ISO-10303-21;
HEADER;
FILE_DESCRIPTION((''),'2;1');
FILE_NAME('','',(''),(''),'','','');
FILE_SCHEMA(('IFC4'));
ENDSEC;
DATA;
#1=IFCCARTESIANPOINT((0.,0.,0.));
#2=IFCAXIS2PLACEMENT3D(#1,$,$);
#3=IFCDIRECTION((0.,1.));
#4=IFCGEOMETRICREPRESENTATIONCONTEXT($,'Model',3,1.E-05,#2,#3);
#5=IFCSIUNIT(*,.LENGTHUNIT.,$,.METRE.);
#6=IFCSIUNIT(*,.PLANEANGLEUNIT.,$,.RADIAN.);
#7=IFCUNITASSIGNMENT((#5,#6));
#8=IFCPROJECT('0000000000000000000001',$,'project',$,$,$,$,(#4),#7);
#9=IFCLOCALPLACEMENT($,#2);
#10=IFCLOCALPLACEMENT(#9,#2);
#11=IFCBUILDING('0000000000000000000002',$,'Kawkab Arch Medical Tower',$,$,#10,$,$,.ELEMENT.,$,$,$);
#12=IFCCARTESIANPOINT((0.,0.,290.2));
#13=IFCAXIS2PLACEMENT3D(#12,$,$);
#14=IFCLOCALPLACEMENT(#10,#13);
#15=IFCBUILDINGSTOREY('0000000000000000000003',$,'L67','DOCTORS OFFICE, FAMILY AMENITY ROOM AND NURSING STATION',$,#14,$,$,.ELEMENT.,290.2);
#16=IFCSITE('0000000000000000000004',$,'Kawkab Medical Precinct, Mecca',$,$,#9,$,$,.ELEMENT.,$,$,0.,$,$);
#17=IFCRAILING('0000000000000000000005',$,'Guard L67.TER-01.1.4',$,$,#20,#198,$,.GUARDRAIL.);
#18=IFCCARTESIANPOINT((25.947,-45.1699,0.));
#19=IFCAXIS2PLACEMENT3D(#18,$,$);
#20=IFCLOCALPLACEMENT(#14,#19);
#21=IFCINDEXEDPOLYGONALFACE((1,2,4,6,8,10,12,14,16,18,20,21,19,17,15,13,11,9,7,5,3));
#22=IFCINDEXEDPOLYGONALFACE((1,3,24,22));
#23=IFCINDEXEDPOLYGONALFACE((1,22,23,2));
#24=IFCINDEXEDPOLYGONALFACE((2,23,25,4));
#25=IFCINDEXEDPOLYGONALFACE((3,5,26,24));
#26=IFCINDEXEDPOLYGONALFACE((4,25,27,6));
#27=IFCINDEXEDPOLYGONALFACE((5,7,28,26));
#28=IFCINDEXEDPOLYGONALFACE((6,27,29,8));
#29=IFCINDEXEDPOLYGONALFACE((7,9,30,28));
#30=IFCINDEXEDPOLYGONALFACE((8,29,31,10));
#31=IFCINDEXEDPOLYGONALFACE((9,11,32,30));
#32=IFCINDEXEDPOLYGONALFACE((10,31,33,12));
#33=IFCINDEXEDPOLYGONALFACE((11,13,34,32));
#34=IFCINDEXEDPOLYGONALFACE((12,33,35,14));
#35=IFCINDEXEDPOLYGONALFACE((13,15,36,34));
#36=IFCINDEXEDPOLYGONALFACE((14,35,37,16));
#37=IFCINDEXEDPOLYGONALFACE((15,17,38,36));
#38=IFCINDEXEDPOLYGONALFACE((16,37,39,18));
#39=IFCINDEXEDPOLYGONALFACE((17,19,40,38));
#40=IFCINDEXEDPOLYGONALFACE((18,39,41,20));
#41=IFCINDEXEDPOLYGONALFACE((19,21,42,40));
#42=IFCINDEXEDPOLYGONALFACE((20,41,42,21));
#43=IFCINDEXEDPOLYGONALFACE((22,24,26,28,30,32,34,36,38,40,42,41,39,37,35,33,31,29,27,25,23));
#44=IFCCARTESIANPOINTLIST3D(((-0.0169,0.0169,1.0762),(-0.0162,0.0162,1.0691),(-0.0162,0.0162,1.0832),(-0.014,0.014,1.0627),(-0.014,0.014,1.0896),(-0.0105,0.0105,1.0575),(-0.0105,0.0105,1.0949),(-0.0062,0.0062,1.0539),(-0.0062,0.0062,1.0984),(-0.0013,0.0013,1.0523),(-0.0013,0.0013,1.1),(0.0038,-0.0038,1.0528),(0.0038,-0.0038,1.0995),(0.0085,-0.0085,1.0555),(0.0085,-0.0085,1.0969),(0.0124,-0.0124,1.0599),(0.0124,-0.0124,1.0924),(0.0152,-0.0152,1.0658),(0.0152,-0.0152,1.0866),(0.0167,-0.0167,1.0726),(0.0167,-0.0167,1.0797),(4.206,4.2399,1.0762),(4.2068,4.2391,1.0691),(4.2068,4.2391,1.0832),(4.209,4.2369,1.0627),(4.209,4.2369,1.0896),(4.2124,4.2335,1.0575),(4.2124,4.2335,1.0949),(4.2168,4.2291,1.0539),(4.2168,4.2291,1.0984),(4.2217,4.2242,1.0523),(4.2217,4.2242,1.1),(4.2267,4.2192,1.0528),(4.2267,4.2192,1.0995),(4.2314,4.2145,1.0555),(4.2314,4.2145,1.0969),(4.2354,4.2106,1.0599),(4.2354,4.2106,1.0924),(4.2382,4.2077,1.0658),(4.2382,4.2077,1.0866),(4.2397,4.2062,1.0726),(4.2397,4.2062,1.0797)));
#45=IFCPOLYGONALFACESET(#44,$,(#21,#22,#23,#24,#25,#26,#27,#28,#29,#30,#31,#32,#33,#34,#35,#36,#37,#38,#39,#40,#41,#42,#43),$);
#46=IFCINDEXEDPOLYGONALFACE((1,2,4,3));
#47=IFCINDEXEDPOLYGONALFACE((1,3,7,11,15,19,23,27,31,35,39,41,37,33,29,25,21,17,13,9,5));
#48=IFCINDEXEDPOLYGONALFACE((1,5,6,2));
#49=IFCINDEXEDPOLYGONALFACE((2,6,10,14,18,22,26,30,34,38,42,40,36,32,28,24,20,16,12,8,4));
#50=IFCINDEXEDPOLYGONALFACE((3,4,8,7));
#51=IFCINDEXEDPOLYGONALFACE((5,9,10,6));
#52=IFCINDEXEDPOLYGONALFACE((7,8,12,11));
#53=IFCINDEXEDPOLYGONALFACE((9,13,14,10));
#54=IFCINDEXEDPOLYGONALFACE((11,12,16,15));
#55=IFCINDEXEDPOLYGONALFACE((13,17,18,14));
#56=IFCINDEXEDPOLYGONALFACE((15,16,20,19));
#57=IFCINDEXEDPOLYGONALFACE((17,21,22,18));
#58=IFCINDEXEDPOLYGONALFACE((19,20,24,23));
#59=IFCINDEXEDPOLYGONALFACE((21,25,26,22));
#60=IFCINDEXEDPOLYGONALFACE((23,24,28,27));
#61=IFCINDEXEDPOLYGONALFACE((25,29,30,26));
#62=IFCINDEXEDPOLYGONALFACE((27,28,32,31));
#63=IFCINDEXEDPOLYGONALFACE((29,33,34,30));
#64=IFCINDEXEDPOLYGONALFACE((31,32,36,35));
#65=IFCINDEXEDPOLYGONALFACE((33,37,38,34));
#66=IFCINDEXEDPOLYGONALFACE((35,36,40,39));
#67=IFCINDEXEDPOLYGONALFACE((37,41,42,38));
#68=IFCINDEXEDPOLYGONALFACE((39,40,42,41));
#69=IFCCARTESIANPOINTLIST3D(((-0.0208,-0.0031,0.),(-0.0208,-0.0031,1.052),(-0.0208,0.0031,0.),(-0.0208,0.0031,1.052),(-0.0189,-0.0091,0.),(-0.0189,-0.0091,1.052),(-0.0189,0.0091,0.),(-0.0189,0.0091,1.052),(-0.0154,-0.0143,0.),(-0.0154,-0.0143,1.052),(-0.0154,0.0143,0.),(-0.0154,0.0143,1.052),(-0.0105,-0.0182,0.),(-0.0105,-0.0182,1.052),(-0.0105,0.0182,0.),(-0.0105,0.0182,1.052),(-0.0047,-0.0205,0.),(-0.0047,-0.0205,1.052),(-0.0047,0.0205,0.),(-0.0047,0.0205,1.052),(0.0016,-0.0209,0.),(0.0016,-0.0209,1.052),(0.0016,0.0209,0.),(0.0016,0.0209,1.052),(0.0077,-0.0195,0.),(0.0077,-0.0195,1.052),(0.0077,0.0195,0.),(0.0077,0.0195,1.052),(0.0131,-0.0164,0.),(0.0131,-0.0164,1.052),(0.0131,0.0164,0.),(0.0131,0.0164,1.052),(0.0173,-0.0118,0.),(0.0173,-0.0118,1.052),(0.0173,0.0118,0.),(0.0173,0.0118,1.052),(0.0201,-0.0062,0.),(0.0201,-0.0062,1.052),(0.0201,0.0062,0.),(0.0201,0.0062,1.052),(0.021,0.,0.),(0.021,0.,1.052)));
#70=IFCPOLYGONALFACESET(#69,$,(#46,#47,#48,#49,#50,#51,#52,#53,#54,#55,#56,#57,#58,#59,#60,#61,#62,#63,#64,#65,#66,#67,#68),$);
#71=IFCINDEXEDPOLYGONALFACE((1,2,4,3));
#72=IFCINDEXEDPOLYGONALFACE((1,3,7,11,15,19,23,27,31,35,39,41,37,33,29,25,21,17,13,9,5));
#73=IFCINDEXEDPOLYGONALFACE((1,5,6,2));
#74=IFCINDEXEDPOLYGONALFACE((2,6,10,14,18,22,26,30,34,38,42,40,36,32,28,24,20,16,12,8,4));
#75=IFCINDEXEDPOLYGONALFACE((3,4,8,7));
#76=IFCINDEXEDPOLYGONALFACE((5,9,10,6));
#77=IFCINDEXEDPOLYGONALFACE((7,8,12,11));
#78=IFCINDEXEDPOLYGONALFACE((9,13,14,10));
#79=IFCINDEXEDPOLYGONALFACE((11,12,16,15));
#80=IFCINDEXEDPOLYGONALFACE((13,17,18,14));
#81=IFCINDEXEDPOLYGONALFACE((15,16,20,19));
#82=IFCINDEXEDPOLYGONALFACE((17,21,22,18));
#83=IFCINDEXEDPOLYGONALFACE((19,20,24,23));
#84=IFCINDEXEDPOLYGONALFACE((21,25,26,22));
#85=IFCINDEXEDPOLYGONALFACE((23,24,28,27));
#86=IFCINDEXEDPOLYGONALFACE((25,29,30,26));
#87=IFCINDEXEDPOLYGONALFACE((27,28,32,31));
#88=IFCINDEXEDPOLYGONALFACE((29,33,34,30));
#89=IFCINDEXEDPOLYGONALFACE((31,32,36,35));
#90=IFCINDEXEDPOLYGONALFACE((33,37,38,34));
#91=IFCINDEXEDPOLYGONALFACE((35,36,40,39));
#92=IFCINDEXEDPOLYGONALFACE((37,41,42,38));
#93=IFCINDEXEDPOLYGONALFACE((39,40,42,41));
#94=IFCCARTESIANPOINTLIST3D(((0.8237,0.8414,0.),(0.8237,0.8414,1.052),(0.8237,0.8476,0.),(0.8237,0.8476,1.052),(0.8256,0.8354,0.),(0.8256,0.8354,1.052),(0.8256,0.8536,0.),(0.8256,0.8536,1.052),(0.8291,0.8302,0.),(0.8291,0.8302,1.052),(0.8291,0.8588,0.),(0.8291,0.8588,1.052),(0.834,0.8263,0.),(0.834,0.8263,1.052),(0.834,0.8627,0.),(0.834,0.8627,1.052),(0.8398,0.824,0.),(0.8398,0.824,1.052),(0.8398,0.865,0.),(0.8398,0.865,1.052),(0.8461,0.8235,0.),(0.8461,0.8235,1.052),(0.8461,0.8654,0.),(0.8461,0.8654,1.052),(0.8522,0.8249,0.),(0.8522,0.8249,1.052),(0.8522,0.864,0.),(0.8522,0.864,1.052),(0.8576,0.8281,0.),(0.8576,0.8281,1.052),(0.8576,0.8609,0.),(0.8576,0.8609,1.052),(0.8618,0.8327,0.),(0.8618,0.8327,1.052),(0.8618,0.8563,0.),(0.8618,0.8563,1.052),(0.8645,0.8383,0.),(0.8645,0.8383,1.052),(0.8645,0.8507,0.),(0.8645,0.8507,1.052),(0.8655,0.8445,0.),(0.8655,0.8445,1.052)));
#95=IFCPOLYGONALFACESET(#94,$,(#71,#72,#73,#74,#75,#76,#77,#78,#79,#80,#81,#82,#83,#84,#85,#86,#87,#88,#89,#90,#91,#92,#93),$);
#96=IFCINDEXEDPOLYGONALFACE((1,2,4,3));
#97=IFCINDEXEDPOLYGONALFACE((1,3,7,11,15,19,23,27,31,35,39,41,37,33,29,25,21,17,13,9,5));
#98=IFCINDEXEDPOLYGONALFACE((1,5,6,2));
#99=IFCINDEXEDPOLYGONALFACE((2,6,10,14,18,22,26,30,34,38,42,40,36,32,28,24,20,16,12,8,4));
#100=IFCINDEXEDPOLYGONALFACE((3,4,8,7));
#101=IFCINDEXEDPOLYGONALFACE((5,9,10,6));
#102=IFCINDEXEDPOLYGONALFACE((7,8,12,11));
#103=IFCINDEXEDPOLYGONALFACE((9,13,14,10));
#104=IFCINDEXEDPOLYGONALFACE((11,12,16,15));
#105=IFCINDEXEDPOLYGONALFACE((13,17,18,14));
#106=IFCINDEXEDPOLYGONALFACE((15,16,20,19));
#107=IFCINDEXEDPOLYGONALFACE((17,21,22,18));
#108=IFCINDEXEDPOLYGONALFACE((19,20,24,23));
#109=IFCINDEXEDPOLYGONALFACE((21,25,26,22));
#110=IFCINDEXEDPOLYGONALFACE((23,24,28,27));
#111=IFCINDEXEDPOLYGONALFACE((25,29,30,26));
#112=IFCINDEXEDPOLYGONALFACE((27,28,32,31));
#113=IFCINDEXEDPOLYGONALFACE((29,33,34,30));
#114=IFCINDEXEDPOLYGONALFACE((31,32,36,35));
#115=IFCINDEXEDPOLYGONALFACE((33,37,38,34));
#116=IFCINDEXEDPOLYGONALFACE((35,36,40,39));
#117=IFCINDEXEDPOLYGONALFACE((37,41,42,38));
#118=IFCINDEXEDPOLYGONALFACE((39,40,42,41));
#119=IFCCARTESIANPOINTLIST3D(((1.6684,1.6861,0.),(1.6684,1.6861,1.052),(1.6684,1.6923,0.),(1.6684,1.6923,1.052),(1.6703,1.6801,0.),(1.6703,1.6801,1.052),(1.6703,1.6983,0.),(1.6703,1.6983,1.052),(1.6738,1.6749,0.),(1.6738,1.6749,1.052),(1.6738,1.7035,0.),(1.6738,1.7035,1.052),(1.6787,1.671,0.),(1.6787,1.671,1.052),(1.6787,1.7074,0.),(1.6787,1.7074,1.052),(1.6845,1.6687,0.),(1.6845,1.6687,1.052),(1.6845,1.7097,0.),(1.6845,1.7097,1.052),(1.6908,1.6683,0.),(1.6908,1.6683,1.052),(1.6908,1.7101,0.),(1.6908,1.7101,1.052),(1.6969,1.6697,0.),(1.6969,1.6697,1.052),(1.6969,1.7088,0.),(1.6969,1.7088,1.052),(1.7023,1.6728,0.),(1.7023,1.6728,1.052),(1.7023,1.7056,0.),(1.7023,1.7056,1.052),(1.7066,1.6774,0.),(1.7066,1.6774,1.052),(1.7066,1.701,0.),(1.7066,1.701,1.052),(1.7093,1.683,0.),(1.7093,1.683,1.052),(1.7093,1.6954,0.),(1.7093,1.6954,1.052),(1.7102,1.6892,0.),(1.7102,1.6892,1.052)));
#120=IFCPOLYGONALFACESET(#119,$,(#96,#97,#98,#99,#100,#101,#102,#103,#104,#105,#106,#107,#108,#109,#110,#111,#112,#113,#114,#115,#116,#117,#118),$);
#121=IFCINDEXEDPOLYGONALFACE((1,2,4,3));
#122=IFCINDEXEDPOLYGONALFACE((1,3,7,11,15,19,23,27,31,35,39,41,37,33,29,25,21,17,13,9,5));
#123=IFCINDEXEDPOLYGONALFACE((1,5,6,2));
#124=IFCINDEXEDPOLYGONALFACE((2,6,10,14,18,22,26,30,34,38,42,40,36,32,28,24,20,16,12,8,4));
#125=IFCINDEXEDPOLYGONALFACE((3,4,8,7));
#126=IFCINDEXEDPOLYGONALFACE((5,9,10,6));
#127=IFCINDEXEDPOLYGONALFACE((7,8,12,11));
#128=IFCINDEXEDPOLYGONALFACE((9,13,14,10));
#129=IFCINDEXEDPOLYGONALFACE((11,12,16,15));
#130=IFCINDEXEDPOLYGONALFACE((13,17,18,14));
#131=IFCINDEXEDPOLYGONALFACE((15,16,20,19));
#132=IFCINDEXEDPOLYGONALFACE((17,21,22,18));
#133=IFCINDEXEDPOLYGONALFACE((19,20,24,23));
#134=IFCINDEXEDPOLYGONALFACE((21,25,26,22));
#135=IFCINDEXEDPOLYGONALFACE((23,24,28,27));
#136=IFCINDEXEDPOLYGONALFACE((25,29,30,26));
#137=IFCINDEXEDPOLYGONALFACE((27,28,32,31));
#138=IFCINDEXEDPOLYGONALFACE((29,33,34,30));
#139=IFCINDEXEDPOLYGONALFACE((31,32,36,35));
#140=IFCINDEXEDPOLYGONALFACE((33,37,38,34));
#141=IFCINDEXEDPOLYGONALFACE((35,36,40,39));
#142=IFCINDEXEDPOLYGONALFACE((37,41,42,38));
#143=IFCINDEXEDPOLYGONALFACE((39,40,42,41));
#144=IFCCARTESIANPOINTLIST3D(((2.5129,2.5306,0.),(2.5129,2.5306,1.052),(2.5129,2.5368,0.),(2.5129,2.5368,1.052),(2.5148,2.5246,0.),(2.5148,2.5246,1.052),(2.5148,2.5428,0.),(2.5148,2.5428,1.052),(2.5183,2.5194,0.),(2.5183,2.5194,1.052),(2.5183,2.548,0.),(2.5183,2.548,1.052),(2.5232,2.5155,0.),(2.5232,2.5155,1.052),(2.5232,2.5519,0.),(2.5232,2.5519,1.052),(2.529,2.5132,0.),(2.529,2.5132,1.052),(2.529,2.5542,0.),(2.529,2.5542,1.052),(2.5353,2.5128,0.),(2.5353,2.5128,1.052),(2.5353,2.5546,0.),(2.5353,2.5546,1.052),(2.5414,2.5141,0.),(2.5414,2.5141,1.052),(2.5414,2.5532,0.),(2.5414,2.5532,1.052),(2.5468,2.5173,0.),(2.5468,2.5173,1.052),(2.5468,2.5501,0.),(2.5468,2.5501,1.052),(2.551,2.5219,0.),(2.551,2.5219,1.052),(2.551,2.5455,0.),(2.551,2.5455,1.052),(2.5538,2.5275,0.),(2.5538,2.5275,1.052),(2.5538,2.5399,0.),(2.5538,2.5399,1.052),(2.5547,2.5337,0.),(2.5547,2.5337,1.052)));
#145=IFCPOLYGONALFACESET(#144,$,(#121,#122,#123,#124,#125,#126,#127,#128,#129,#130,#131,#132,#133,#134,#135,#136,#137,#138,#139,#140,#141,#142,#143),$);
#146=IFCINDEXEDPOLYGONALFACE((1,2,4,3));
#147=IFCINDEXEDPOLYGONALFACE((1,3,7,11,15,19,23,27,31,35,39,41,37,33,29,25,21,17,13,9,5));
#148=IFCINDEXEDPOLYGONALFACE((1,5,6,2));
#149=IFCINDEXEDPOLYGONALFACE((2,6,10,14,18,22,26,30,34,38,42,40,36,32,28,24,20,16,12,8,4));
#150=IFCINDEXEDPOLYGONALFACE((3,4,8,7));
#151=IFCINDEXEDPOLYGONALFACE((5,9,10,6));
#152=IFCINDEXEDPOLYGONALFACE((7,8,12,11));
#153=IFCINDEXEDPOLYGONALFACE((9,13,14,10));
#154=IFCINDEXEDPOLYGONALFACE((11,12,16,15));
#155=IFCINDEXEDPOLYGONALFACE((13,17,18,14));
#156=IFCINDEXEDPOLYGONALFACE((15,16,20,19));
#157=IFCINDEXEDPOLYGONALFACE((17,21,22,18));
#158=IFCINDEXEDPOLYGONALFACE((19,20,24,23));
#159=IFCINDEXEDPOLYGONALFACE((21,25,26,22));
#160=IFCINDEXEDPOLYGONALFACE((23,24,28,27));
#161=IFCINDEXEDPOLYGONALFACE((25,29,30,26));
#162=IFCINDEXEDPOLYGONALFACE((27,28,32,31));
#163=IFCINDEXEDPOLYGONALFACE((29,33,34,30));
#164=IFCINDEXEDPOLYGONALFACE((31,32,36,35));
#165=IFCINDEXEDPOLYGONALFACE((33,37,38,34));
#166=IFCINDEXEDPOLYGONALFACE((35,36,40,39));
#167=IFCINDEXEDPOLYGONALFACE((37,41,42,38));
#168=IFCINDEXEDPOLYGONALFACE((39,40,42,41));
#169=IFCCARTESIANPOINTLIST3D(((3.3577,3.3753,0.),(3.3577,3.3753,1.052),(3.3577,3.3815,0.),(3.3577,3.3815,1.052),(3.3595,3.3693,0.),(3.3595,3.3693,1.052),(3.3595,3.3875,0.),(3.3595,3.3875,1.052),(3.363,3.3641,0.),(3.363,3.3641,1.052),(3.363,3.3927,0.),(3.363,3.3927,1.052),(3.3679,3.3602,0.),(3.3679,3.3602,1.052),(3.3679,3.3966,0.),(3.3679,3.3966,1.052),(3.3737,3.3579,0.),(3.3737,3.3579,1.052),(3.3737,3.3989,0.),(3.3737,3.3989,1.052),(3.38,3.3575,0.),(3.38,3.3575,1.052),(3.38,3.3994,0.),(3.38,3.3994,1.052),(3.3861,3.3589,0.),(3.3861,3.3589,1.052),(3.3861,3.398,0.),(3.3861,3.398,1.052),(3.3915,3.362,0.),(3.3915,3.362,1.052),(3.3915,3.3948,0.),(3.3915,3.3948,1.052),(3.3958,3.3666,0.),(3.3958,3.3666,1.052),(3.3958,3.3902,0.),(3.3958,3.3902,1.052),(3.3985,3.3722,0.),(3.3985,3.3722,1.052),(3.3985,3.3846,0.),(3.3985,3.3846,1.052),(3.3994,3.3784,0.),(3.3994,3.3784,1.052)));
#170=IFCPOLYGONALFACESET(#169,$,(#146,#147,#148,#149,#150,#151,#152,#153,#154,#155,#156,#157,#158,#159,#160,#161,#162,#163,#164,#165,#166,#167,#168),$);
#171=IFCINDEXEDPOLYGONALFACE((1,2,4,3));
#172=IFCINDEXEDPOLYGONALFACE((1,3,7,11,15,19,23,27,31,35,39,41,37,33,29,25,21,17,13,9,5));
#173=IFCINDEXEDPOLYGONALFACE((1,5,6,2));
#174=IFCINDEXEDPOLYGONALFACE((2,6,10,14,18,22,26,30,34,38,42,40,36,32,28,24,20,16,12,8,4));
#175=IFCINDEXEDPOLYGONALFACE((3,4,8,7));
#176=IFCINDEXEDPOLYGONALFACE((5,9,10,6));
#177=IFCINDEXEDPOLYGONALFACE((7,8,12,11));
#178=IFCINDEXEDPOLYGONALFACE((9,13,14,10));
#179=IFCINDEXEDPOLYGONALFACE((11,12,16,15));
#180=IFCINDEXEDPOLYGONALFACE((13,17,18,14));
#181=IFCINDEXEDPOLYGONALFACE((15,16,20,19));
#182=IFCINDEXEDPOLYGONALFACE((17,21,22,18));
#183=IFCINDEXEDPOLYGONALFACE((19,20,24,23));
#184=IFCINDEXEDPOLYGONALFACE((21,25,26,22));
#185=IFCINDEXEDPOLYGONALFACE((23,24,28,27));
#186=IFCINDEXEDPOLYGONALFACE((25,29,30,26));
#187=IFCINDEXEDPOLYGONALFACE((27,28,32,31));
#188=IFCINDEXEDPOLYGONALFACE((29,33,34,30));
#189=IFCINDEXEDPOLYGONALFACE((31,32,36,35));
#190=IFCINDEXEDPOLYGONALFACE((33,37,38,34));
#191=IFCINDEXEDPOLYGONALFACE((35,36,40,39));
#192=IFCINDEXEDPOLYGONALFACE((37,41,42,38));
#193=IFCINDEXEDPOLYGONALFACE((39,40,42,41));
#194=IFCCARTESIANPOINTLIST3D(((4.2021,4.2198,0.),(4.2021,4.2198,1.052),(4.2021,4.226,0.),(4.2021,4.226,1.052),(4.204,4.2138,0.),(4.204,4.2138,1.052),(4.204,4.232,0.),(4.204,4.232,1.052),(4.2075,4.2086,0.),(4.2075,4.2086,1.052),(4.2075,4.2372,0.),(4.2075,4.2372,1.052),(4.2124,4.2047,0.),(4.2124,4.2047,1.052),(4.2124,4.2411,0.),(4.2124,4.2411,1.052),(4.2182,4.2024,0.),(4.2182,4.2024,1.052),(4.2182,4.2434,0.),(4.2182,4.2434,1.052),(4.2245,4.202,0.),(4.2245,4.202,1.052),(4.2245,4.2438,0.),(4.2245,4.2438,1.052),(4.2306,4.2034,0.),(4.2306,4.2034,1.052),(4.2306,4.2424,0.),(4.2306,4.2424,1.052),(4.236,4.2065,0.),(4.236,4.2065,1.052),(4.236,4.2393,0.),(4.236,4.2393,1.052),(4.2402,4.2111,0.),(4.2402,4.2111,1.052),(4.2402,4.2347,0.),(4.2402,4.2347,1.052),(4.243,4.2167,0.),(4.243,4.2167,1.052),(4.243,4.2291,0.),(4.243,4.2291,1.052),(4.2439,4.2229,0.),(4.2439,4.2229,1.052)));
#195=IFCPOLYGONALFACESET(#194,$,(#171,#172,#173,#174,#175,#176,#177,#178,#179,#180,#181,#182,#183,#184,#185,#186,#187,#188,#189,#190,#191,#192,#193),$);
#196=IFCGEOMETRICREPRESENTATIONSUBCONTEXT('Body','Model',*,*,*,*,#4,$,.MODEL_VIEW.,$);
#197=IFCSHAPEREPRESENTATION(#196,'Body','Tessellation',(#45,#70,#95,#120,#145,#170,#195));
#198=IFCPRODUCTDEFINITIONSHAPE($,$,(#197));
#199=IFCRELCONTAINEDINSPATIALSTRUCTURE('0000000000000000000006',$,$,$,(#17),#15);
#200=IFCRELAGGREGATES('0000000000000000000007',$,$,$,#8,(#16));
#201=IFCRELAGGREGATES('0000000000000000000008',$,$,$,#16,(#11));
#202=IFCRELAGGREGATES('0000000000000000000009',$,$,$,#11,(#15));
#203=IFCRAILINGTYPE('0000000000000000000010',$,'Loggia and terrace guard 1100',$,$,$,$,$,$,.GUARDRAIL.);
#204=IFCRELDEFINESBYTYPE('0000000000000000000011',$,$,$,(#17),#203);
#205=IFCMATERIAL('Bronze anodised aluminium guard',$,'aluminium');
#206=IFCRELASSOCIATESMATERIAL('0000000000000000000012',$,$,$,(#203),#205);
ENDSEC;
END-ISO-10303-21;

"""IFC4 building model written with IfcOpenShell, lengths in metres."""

from ifc_helpers import new_model, si_unit, direction, frame, origin, origin_2d, place, context, subcontext, project, spatial, circle, extrude, material, type_object, element, save


model = new_model("IFC4")

# Units and contexts
model_context = context("Model", 3, precision=1e-05, world=origin(), true_north=direction((0.0, 1.0)))
body_context = subcontext(model_context, "Body", "Model", "MODEL_VIEW")
ifc_project = project(units=[si_unit("LENGTHUNIT", "METRE"), si_unit("PLANEANGLEUNIT", "RADIAN")], contexts=[model_context])

# Site, building, storey
site_placement = place(None, origin())
site = spatial("IfcSite", under=ifc_project, at=site_placement, Name="Kawkab Medical Precinct, Mecca", CompositionType="ELEMENT", RefElevation=0.0)
building_placement = place(site_placement, origin())
building = spatial("IfcBuilding", under=site, at=building_placement, Name="Kawkab Arch Medical Tower", CompositionType="ELEMENT")
storey_placement = place(building_placement, frame((0.0, 0.0, 290.2)))
storey = spatial("IfcBuildingStorey", under=building, at=storey_placement, Name="L67", Description="DOCTORS OFFICE, FAMILY AMENITY ROOM AND NURSING STATION", CompositionType="ELEMENT", Elevation=290.2)

# Railing
ifc_material_1 = material(Name="Bronze anodised aluminium guard", Category="aluminium")
railing_type_1 = type_object("IfcRailingType", Name="Loggia and terrace guard 1100", PredefinedType="GUARDRAIL", material=ifc_material_1)
railing_1_placement = place(storey_placement, frame((25.947, -45.1699, 0.0)))
element("IfcRailing", 1, at=railing_1_placement, inside=storey, type_object=railing_type_1, Name="Guard L67.TER-01.1.4", PredefinedType="GUARDRAIL", context=body_context, shape_type="SweptSolid", body=[
    extrude(circle(Radius=0.0239, at=origin_2d()), frame((0.0, 0.0, 1.0762), z_axis=(0.707107, 0.707107, 0.0), x_axis=(-0.707107, 0.707107, 0.0)), (0.0, 0.0, 1.0), 5.9722),
    extrude(circle(Radius=0.021, at=origin_2d()), origin(), (0.0, 0.0, 1.0), 1.052),
    extrude(circle(Radius=0.021, at=origin_2d()), frame((0.8445, 0.8445, 0.0)), (0.0, 0.0, 1.0), 1.052),
    extrude(circle(Radius=0.021, at=origin_2d()), frame((1.6892, 1.6892, 0.0)), (0.0, 0.0, 1.0), 1.052),
    extrude(circle(Radius=0.021, at=origin_2d()), frame((2.5337, 2.5337, 0.0)), (0.0, 0.0, 1.0), 1.052),
    extrude(circle(Radius=0.021, at=origin_2d()), frame((3.3784, 3.3784, 0.0)), (0.0, 0.0, 1.0), 1.052),
    extrude(circle(Radius=0.021, at=origin_2d()), frame((4.2229, 4.2229, 0.0)), (0.0, 0.0, 1.0), 1.052),
])

save(model, "model.ifc")
